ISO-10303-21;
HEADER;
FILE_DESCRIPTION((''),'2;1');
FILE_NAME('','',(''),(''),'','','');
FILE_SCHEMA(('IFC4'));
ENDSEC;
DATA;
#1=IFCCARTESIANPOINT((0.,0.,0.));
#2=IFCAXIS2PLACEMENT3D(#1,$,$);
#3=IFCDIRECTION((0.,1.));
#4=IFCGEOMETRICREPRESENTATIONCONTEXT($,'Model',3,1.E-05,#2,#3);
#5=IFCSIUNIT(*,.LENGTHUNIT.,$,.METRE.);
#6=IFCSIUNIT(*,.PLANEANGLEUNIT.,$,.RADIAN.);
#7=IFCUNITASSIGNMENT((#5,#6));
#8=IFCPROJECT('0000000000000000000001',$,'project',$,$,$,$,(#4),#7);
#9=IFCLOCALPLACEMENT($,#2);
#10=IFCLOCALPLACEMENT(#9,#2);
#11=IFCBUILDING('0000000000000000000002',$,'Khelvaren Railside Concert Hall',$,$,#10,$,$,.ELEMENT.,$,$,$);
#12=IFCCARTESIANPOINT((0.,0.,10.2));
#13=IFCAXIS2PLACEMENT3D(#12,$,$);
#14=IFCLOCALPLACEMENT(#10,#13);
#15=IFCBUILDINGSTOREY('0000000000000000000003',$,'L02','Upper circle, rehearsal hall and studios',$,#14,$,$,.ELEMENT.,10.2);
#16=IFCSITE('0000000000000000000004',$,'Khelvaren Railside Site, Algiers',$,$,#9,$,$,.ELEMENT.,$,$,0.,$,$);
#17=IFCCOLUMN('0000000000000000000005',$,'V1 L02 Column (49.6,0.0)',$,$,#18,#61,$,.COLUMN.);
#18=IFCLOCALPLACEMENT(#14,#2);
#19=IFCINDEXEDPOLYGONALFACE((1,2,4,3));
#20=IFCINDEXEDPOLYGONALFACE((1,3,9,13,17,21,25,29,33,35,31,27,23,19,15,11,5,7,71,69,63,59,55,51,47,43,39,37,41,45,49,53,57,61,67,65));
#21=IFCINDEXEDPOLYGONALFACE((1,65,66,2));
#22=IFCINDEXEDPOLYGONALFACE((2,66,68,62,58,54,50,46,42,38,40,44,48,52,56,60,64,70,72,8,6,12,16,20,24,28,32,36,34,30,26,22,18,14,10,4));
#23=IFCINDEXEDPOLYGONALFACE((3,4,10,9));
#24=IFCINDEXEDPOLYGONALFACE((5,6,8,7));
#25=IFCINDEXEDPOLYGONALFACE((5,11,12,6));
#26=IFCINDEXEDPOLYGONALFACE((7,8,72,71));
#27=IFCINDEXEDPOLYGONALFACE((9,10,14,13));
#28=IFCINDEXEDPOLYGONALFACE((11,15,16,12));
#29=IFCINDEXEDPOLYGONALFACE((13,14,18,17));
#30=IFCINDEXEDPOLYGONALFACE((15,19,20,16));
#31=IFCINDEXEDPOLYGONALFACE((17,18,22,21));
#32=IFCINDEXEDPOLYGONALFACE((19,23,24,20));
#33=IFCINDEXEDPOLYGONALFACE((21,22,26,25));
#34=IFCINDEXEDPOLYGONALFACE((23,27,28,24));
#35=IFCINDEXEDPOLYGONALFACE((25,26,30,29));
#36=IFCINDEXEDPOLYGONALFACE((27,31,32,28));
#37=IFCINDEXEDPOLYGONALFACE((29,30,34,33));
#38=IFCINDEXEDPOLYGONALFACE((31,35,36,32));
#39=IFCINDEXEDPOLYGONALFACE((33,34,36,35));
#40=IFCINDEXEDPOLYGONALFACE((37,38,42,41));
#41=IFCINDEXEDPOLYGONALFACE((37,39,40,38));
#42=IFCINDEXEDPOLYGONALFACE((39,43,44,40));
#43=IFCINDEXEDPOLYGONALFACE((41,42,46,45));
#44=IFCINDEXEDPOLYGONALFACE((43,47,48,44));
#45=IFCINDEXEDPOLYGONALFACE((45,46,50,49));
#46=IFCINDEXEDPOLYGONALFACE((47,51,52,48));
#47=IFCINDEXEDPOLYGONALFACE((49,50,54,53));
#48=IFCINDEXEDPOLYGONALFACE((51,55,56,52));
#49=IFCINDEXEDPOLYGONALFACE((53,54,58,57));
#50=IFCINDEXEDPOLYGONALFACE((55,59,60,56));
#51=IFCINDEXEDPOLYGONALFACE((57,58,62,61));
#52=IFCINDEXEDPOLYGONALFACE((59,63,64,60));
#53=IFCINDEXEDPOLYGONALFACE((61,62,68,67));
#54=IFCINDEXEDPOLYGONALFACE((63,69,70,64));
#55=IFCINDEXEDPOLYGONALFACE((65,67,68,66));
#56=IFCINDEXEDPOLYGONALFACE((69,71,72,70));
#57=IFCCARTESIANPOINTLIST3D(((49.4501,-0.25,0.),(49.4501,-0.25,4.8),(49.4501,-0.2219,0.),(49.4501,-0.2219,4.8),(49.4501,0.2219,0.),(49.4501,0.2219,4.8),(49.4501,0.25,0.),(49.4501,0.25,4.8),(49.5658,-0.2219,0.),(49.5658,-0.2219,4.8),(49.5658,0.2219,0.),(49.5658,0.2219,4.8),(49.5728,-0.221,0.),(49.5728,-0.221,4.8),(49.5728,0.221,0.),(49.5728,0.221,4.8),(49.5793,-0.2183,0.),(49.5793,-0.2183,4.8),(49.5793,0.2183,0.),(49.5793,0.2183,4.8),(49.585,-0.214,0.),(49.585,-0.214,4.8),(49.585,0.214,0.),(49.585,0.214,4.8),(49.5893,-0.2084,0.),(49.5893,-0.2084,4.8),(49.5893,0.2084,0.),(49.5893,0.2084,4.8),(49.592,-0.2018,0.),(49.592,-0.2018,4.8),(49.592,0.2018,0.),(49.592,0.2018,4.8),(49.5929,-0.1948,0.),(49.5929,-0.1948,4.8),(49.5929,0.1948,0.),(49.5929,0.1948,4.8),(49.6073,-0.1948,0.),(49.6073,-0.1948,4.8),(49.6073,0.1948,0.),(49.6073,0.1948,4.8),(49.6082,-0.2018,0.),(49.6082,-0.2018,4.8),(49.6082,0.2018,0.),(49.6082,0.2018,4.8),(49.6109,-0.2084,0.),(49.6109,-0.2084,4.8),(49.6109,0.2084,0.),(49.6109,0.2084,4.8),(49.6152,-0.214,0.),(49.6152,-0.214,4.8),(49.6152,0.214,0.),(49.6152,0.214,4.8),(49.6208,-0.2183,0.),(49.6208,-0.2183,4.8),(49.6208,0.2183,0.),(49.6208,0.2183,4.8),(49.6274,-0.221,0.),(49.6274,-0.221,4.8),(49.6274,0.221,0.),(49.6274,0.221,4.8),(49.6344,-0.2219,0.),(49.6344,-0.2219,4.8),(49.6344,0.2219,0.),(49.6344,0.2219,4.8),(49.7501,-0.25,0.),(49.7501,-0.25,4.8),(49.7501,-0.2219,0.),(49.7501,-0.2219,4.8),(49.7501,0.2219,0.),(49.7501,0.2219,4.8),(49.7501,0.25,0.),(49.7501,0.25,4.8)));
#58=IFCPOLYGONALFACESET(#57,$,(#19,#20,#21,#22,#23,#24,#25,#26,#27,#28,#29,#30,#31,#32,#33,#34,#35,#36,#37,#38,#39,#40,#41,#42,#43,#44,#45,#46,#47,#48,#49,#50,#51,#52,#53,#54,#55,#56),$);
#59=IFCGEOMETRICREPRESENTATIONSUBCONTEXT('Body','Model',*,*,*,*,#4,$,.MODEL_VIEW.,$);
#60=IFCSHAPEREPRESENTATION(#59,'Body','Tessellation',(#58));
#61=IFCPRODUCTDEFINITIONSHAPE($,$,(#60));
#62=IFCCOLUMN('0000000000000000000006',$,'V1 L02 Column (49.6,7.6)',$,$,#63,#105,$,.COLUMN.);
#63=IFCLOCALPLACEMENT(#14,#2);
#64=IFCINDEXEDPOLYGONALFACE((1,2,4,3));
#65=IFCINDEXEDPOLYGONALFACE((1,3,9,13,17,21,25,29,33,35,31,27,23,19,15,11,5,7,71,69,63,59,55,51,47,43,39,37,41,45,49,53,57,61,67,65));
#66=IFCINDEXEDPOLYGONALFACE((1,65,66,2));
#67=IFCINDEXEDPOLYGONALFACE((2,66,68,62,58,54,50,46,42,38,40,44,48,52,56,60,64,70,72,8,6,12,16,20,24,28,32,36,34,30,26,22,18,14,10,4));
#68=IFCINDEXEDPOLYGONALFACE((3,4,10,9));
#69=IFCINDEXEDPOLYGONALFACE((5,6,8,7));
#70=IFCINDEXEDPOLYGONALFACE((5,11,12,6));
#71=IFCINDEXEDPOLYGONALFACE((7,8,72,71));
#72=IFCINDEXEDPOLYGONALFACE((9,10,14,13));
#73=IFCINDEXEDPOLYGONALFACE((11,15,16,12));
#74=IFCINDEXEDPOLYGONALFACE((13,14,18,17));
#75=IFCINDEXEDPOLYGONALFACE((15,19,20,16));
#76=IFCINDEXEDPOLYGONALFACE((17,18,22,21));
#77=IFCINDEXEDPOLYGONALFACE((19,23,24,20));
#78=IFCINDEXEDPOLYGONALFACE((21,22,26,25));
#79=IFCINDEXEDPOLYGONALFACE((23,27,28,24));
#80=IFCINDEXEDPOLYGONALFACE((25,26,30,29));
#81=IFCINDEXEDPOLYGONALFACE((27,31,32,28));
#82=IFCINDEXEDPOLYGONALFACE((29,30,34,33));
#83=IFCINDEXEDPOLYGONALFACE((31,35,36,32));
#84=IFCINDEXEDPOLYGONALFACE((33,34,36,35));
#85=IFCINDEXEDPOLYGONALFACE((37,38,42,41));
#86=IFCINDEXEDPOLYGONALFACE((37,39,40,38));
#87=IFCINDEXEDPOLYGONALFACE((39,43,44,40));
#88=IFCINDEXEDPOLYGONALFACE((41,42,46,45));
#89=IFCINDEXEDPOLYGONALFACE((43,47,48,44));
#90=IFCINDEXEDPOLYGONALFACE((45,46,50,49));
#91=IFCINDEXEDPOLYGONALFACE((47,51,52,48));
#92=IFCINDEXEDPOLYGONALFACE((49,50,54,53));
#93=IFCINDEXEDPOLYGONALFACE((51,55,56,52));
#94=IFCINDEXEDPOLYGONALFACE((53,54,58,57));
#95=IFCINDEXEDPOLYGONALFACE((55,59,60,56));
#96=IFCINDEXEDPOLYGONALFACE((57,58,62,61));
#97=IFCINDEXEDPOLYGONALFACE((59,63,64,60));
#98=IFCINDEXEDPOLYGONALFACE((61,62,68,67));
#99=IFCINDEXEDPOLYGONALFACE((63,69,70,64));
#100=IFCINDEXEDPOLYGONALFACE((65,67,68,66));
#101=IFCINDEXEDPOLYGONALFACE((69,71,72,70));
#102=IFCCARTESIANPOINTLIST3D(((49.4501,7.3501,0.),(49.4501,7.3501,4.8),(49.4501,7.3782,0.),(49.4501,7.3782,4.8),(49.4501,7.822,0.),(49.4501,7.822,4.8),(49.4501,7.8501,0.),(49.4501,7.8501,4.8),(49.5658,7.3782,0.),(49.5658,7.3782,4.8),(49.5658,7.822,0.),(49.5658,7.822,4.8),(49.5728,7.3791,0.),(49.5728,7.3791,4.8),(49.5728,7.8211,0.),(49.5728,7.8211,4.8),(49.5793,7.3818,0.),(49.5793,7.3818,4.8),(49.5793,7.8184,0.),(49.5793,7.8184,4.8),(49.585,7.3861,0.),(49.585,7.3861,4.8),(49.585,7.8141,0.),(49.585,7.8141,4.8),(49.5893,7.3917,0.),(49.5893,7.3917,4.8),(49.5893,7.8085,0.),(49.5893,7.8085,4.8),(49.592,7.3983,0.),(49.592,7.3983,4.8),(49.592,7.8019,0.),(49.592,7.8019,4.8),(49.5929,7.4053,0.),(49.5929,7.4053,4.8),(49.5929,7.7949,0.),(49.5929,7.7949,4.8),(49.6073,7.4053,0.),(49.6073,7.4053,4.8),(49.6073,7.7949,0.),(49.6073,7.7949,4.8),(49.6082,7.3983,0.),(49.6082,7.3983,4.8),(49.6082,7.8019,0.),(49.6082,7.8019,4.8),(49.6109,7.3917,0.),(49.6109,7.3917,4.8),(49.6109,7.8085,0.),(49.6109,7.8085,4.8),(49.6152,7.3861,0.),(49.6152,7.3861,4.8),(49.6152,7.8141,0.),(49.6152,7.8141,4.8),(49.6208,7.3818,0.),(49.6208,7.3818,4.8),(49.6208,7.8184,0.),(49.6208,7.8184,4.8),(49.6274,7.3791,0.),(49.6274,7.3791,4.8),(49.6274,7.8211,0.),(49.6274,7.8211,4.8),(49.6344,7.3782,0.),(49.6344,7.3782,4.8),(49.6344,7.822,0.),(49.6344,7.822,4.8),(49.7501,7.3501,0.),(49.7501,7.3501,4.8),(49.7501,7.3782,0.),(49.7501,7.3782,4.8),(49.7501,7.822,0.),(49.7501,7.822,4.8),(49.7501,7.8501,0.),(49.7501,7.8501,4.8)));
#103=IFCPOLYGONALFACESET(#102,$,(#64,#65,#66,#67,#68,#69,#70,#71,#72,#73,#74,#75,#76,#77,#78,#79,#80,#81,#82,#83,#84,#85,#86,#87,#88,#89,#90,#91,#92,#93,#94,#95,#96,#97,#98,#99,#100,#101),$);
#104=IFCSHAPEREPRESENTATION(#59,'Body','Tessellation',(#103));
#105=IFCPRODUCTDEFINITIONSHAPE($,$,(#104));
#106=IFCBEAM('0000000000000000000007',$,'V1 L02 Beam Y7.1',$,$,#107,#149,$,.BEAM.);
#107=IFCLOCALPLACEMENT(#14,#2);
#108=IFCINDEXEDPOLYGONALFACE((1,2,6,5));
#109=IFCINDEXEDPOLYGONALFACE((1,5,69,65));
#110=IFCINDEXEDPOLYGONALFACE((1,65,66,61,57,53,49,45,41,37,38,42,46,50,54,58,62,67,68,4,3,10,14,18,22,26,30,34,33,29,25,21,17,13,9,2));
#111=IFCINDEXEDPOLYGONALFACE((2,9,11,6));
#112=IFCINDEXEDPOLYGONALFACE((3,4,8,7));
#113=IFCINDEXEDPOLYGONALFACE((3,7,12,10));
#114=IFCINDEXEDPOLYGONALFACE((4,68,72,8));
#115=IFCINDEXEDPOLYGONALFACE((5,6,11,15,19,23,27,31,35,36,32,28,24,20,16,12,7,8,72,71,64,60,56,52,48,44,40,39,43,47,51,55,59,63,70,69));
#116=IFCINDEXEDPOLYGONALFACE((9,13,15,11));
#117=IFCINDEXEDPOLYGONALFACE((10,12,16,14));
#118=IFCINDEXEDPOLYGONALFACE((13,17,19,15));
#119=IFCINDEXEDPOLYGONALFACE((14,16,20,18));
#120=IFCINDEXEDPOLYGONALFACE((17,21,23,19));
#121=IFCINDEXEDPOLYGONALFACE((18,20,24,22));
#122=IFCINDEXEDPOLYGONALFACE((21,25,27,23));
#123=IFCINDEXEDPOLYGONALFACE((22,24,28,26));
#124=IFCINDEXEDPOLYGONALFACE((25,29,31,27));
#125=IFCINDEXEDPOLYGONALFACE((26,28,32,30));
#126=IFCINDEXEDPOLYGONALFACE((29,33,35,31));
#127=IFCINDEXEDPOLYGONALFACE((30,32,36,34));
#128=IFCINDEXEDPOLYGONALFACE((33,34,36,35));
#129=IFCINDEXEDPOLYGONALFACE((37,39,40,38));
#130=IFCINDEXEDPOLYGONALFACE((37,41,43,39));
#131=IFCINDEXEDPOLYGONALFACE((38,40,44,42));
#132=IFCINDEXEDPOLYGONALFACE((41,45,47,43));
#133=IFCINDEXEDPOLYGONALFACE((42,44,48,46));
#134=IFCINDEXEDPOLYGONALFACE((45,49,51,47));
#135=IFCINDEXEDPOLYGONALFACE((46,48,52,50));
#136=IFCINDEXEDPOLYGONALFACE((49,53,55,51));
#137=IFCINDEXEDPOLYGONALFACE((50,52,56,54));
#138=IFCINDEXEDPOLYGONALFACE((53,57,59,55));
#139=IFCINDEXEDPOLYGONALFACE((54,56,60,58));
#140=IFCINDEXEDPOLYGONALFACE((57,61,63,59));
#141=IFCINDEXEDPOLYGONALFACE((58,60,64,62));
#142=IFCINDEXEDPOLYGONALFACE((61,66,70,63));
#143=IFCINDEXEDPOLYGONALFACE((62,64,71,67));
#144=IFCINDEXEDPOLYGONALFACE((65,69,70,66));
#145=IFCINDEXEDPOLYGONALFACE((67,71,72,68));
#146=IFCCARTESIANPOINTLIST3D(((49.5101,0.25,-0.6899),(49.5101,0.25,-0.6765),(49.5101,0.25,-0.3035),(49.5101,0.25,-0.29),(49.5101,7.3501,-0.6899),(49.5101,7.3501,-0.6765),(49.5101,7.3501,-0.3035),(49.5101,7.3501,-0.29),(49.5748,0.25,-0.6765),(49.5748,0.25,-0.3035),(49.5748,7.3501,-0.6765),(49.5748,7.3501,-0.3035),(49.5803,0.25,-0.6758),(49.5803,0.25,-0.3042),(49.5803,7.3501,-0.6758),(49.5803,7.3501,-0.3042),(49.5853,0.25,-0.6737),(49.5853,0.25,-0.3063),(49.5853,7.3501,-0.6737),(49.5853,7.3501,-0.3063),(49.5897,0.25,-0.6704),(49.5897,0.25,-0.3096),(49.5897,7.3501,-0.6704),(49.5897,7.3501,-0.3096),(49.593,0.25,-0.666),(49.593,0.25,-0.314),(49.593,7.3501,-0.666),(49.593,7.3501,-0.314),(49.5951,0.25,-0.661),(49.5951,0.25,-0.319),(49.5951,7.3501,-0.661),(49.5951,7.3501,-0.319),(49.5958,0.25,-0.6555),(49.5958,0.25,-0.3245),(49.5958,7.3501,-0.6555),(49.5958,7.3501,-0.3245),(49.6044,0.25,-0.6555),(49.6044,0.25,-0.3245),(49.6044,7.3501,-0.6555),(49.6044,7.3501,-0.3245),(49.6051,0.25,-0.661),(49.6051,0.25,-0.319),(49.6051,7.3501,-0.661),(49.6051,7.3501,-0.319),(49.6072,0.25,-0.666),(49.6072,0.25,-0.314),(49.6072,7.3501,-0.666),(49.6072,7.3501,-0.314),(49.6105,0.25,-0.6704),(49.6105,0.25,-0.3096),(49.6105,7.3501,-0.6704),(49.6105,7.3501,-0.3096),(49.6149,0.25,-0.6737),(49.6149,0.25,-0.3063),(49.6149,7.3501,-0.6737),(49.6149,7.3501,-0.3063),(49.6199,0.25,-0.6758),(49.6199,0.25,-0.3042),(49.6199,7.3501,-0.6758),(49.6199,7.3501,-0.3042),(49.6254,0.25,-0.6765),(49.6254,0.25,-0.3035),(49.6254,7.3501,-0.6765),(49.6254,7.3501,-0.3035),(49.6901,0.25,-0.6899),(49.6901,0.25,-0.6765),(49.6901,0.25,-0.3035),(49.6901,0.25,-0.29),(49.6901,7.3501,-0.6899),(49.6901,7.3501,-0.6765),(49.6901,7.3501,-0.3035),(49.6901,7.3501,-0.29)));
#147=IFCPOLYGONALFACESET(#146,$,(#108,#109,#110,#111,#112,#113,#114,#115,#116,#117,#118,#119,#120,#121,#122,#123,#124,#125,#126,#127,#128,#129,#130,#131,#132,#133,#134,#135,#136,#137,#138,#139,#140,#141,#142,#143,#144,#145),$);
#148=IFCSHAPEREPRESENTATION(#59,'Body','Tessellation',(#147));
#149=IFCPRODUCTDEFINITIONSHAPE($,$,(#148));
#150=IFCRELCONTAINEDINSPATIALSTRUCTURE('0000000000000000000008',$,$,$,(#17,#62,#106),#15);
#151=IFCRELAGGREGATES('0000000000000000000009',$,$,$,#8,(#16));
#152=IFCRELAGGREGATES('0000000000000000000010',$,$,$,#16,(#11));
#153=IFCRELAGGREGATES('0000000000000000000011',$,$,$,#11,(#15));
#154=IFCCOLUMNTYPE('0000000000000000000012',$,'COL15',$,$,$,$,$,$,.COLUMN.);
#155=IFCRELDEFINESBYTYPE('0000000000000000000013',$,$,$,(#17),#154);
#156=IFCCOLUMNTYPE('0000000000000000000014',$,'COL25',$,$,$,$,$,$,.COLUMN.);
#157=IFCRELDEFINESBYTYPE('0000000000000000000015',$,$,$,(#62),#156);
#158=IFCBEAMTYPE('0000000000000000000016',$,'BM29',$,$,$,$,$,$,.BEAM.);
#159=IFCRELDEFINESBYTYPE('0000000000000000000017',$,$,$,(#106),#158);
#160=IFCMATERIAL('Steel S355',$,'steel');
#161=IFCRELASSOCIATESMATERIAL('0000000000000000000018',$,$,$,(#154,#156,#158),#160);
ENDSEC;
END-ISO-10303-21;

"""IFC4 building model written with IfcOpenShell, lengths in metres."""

from ifc_helpers import new_model, si_unit, direction, frame, origin, origin_2d, place, context, subcontext, project, spatial, i_section, extrude, material, material_profile, profile_set, type_object, element, save


model = new_model("IFC4")

# Units and contexts
model_context = context("Model", 3, precision=1e-05, world=origin(), true_north=direction((0.0, 1.0)))
body_context = subcontext(model_context, "Body", "Model", "MODEL_VIEW")
ifc_project = project(units=[si_unit("LENGTHUNIT", "METRE"), si_unit("PLANEANGLEUNIT", "RADIAN")], contexts=[model_context])

# Site, building, storey
site_placement = place(None, origin())
site = spatial("IfcSite", under=ifc_project, at=site_placement, Name="Khelvaren Railside Site, Algiers", CompositionType="ELEMENT", RefElevation=0.0)
building_placement = place(site_placement, origin())
building = spatial("IfcBuilding", under=site, at=building_placement, Name="Khelvaren Railside Concert Hall", CompositionType="ELEMENT")
storey_placement = place(building_placement, frame((0.0, 0.0, 10.2)))
storey = spatial("IfcBuildingStorey", under=building, at=storey_placement, Name="L02", Description="Upper circle, rehearsal hall and studios", CompositionType="ELEMENT", Elevation=10.2)

# Columns
ifc_material_1 = material(Name="Steel S355", Category="steel")
ifc_material_profile_1 = material_profile(ifc_material_1, i_section(OverallWidth=0.3, OverallDepth=0.5, WebThickness=0.0144, FlangeThickness=0.0281, FilletRadius=0.0271, at=origin_2d()), Name="HEB 500")
ifc_profile_set_1 = profile_set([ifc_material_profile_1], Name="Steel S355")
column_type_1 = type_object("IfcColumnType", Name="COL15", PredefinedType="COLUMN", material=ifc_profile_set_1)
column_1_placement = place(storey_placement, frame((49.6001, 0.0, 0.0), z_axis=(0.0, 0.0, 1.0), x_axis=(1.0, 0.0, 0.0)))
element("IfcColumn", 1, at=column_1_placement, inside=storey, type_object=column_type_1, Name="V1 L02 Column (49.6,0.0)", PredefinedType="COLUMN", context=body_context, shape_type="SweptSolid", body=[
    extrude(i_section(OverallWidth=0.3, OverallDepth=0.5, WebThickness=0.0144, FlangeThickness=0.0281, FilletRadius=0.0271, at=origin_2d()), origin(), (0.0, 0.0, 1.0), 4.8),
])
ifc_material_profile_2 = material_profile(ifc_material_1, i_section(OverallWidth=0.3, OverallDepth=0.5, WebThickness=0.0144, FlangeThickness=0.0281, FilletRadius=0.0271, at=origin_2d()), Name="HEB 500")
ifc_profile_set_2 = profile_set([ifc_material_profile_2], Name="Steel S355")
column_type_2 = type_object("IfcColumnType", Name="COL25", PredefinedType="COLUMN", material=ifc_profile_set_2)
column_2_placement = place(storey_placement, frame((49.6001, 7.6001, 0.0), z_axis=(0.0, 0.0, 1.0), x_axis=(1.0, 0.0, 0.0)))
element("IfcColumn", 2, at=column_2_placement, inside=storey, type_object=column_type_2, Name="V1 L02 Column (49.6,7.6)", PredefinedType="COLUMN", context=body_context, shape_type="SweptSolid", body=[
    extrude(i_section(OverallWidth=0.3, OverallDepth=0.5, WebThickness=0.0144, FlangeThickness=0.0281, FilletRadius=0.0271, at=origin_2d()), origin(), (0.0, 0.0, 1.0), 4.8),
])

# Beam
ifc_material_profile_3 = material_profile(ifc_material_1, i_section(OverallWidth=0.1799, OverallDepth=0.3999, WebThickness=0.0085, FlangeThickness=0.0134, FilletRadius=0.021, at=origin_2d()), Name="IPE 400")
ifc_profile_set_3 = profile_set([ifc_material_profile_3], Name="Steel S355")
beam_type_1 = type_object("IfcBeamType", Name="BM29", PredefinedType="BEAM", material=ifc_profile_set_3)
beam_1_placement = place(storey_placement, frame((49.6001, 0.25, -0.49), z_axis=(0.0, 1.0, 0.0), x_axis=(-1.0, 0.0, 0.0)))
element("IfcBeam", 3, at=beam_1_placement, inside=storey, type_object=beam_type_1, Name="V1 L02 Beam Y7.1", PredefinedType="BEAM", context=body_context, shape_type="SweptSolid", body=[
    extrude(i_section(OverallWidth=0.1799, OverallDepth=0.3999, WebThickness=0.0085, FlangeThickness=0.0134, FilletRadius=0.021, at=origin_2d()), origin(), (0.0, 0.0, 1.0), 7.1001),
])

save(model, "model.ifc")
